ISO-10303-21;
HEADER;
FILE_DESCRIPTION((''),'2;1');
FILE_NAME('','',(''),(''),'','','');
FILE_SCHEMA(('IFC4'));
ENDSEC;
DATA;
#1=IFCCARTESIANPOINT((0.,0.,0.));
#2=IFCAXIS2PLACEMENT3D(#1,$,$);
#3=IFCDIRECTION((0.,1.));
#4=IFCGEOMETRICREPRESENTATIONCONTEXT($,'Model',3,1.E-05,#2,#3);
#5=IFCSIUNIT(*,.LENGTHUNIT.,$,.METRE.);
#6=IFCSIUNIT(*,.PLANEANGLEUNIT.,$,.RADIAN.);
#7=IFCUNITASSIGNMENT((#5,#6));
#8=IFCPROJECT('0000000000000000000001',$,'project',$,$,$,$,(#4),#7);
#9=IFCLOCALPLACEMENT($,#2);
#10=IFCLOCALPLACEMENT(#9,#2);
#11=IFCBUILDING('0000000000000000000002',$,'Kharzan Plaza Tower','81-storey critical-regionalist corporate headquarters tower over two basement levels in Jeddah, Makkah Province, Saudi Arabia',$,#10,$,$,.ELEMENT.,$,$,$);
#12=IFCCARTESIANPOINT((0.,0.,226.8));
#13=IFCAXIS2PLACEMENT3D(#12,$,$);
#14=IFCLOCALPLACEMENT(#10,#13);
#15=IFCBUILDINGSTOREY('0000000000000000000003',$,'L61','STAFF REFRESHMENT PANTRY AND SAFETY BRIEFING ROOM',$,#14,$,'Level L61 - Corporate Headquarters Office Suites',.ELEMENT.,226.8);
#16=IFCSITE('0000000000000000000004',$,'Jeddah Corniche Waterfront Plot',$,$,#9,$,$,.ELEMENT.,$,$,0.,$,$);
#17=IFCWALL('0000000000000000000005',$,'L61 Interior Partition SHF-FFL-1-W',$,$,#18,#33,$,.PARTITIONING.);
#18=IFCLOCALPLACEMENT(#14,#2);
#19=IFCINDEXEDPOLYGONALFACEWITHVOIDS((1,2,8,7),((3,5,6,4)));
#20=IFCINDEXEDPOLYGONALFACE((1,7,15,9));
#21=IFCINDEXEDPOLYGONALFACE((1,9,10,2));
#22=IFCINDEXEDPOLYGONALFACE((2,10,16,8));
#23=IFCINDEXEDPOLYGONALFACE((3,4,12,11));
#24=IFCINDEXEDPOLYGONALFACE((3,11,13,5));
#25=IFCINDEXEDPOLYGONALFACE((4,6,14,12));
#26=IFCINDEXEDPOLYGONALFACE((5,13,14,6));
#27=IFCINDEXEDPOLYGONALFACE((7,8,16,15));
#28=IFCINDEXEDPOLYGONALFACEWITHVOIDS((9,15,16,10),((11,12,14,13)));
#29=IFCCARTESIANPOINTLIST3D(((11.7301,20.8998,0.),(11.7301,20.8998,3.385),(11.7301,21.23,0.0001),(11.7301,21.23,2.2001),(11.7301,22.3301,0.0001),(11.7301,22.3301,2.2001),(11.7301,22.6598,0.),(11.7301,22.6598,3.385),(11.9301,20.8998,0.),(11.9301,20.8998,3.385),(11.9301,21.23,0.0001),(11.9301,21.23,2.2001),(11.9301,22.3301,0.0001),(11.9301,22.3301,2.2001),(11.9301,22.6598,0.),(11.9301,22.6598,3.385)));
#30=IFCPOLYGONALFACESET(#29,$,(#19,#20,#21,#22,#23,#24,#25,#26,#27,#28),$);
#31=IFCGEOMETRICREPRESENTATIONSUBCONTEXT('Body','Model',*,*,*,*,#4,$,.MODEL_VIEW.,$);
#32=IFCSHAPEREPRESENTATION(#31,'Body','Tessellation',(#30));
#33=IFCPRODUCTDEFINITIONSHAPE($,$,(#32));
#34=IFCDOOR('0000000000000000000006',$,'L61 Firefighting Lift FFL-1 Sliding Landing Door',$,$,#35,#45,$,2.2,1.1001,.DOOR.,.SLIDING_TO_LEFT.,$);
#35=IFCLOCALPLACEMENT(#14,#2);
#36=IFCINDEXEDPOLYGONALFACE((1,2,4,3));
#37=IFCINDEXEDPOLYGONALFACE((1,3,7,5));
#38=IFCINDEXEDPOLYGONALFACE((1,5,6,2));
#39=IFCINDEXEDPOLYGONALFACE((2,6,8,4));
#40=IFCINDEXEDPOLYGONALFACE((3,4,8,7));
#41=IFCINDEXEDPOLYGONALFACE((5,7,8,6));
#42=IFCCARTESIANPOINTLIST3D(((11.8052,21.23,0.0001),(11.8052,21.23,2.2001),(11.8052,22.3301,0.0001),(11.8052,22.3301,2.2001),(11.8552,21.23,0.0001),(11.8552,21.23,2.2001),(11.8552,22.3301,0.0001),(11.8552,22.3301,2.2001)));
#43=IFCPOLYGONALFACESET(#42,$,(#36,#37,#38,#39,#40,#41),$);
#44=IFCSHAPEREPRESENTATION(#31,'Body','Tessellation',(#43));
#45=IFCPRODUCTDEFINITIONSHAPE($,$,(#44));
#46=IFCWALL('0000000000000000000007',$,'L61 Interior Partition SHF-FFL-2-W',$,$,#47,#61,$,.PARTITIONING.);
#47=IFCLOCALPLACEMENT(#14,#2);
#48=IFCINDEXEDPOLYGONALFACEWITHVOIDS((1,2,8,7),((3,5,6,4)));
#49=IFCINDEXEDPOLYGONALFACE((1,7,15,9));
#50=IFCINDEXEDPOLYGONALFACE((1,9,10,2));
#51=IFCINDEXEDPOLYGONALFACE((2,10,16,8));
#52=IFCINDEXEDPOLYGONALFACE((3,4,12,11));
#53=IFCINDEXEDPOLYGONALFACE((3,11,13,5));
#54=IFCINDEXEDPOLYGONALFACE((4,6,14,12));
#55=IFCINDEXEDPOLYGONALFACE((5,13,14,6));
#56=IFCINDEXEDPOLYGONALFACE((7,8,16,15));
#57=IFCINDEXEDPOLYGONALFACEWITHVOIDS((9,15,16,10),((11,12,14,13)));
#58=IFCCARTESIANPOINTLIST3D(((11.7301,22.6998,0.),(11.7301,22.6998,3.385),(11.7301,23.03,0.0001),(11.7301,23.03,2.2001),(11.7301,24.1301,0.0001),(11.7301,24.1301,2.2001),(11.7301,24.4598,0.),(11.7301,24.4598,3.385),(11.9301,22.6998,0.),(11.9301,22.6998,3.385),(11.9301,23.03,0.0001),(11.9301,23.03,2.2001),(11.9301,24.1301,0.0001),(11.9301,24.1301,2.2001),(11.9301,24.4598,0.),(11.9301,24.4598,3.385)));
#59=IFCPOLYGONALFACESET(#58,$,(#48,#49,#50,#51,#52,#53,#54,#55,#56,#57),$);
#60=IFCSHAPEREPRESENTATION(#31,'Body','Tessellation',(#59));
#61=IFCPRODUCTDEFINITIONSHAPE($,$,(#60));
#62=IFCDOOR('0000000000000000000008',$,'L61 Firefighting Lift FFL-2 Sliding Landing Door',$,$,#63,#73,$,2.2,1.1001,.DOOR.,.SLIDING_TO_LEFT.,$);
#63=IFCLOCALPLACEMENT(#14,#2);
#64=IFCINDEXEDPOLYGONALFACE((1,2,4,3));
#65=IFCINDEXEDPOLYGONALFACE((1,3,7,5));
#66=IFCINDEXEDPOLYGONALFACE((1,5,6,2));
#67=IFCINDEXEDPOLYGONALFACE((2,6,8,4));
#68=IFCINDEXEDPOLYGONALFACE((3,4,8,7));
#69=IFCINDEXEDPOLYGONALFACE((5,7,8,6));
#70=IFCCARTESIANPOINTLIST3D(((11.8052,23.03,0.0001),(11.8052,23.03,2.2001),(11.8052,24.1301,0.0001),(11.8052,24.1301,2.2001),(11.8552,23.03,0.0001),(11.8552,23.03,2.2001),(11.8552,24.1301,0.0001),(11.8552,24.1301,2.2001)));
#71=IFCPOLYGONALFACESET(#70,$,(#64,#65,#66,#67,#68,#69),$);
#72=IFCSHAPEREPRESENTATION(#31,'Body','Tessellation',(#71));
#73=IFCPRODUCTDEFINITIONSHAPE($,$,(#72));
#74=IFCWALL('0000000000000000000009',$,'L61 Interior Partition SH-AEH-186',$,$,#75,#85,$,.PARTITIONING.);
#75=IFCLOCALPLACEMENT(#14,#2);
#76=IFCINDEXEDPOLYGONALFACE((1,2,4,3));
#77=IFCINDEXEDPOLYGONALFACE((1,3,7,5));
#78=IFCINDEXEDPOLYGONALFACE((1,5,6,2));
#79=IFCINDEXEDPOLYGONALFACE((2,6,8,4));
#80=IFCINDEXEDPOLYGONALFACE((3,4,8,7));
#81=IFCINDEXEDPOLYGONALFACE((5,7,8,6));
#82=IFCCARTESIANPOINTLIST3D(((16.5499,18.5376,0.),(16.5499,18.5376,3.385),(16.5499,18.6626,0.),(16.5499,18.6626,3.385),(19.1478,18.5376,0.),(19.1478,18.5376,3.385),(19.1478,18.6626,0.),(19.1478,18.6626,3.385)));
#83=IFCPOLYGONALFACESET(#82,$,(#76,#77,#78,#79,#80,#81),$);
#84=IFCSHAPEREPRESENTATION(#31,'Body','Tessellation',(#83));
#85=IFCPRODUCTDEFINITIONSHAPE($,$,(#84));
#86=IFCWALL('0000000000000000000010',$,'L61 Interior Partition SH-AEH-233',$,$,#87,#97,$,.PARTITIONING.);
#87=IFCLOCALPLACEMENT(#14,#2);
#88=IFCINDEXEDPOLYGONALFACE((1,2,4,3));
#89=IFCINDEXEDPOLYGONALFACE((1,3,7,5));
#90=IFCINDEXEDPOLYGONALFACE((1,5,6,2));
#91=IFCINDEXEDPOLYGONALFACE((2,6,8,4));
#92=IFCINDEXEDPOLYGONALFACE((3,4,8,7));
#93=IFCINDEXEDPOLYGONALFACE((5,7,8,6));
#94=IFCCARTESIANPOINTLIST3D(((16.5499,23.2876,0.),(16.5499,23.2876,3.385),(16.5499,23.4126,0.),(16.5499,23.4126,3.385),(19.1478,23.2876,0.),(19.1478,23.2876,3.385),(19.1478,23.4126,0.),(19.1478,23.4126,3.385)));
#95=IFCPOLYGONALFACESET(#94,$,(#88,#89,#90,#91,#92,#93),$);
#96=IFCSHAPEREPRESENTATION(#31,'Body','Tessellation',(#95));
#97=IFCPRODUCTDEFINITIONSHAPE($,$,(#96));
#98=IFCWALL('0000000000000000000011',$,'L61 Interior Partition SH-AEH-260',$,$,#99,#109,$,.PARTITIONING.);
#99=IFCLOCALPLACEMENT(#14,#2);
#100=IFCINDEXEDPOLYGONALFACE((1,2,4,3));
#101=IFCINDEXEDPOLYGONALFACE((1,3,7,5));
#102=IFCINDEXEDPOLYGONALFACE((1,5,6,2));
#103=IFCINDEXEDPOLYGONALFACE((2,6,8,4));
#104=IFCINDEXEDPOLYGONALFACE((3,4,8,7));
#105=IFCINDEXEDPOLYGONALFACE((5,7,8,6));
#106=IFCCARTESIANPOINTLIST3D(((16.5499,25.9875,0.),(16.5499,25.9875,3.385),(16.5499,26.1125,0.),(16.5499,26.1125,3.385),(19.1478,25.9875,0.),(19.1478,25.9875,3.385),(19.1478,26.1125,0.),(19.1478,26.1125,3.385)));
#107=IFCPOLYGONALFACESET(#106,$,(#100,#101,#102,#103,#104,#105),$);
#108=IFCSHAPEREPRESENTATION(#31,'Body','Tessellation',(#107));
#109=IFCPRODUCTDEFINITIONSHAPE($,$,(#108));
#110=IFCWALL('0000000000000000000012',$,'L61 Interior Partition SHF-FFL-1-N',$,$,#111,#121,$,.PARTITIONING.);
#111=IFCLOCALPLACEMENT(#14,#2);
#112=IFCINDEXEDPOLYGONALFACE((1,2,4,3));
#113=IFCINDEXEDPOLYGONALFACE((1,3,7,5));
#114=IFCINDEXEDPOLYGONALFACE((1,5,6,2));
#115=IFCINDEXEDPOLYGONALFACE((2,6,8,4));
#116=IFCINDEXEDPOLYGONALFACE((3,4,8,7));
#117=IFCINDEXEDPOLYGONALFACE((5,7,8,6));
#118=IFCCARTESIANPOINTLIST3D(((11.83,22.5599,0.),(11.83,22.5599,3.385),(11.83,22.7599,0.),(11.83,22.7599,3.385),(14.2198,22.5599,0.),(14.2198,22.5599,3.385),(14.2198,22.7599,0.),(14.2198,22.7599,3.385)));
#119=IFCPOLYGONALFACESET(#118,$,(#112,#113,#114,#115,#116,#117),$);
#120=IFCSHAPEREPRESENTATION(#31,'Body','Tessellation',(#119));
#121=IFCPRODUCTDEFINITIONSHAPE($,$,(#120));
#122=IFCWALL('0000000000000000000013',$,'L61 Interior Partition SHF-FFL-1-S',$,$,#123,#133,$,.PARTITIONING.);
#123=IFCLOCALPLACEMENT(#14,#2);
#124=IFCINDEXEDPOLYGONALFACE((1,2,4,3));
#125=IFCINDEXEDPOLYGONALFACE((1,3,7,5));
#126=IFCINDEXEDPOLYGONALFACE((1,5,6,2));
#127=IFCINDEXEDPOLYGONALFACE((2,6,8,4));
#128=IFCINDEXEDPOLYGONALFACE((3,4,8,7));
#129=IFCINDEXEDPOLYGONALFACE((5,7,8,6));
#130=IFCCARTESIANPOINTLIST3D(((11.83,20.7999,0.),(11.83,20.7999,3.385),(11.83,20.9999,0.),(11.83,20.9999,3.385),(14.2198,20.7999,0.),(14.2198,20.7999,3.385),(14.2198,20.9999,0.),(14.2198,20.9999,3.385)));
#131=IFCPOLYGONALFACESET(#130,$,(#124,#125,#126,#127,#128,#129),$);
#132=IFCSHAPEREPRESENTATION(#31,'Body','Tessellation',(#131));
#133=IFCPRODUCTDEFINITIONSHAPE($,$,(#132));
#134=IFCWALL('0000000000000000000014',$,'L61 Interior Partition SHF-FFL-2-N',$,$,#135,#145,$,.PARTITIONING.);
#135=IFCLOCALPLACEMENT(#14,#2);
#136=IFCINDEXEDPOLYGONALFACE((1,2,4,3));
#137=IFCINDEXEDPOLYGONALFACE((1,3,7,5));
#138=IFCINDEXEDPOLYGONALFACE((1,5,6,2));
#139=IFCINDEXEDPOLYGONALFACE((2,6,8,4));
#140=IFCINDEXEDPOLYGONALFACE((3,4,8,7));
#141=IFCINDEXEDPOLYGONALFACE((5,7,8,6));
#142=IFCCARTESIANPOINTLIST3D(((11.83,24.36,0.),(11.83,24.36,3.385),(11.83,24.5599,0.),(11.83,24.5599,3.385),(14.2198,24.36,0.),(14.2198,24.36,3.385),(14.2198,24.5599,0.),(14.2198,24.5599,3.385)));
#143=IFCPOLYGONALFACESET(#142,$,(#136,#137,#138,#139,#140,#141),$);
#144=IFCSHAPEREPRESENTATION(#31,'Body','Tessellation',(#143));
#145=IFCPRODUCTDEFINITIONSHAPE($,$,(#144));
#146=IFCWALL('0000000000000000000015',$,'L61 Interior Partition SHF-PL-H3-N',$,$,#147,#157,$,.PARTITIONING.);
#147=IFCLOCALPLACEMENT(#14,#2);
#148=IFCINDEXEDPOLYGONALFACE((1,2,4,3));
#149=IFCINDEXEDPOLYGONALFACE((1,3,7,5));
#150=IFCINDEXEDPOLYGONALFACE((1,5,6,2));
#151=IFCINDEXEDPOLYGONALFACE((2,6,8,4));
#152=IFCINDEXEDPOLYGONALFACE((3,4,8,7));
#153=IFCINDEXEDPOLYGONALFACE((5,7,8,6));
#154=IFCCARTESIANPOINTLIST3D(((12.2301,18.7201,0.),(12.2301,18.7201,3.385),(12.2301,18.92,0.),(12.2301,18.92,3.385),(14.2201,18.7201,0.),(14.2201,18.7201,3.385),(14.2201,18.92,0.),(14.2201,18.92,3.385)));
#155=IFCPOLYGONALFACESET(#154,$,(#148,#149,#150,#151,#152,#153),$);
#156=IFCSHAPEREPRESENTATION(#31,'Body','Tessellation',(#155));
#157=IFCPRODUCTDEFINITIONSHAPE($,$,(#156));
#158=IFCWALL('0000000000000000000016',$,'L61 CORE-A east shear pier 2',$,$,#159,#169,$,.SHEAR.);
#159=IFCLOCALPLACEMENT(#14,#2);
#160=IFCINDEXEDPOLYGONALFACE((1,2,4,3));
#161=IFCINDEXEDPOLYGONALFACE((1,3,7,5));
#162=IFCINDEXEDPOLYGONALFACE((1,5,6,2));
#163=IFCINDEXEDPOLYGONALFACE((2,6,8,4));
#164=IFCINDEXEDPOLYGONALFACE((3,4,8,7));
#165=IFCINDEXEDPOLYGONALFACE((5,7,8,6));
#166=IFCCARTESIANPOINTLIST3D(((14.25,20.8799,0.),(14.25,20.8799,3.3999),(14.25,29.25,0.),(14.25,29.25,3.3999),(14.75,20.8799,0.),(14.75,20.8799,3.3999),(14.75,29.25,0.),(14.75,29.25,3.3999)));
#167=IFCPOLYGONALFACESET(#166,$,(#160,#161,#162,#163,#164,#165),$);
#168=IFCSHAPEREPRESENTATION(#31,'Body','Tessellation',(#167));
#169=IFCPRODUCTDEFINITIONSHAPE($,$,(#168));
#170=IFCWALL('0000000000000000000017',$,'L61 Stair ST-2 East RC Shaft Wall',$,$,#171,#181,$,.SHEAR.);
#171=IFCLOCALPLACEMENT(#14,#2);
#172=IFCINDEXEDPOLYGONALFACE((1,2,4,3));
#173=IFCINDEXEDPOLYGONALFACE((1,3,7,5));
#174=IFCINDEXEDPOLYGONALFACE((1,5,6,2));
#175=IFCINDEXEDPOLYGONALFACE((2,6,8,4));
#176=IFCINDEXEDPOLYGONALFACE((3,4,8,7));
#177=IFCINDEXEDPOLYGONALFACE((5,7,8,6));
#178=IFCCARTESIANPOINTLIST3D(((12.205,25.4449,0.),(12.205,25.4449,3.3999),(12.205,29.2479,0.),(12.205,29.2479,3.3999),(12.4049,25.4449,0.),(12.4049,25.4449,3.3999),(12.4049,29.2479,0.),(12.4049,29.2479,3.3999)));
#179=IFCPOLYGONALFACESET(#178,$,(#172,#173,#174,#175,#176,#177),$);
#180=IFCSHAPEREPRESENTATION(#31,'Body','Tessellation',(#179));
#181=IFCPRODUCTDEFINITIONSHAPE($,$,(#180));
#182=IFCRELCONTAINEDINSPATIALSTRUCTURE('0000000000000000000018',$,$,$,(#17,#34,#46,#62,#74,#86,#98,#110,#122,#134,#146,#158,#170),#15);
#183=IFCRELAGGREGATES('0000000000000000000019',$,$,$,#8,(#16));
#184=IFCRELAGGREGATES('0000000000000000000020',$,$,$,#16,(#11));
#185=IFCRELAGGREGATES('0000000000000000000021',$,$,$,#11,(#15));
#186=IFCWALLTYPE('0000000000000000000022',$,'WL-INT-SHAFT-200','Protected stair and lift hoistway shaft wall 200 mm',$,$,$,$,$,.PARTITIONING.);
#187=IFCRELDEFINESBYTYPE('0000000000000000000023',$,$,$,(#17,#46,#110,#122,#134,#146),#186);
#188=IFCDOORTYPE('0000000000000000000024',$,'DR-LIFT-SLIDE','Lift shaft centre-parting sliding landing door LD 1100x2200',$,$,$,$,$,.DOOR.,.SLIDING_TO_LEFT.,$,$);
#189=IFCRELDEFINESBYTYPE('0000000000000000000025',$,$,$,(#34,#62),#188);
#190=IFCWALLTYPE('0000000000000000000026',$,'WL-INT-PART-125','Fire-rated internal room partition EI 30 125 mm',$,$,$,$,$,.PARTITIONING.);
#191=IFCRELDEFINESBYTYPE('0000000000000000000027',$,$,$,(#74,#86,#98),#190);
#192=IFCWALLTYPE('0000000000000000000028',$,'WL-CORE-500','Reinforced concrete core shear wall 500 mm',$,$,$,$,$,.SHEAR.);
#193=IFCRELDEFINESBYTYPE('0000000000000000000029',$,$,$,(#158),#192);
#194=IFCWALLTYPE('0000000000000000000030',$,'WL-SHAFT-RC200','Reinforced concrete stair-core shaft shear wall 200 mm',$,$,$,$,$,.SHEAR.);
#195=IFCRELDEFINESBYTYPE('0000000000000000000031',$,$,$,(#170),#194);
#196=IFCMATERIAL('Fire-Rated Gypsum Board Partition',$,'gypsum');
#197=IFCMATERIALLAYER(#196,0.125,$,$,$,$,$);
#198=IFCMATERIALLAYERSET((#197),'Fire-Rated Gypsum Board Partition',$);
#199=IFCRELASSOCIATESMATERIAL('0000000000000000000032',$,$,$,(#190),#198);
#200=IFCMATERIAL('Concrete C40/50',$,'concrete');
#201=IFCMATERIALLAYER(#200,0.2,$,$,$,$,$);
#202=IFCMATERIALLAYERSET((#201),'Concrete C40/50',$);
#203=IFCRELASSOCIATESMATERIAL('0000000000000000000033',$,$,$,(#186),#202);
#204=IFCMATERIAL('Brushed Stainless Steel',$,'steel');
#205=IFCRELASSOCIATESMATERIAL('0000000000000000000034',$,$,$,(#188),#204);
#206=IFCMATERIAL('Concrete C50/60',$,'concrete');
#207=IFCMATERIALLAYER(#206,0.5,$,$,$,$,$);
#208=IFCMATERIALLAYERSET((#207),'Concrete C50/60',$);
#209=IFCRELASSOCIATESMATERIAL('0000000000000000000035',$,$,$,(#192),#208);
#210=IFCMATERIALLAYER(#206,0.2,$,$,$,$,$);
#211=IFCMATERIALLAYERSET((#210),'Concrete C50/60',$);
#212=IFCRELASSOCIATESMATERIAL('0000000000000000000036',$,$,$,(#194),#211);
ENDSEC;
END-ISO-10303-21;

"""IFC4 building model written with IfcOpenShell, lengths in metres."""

from ifc_helpers import new_model, si_unit, direction, frame, frame_2d, origin, place, context, subcontext, project, spatial, rectangle, extrude, source, transform, mapped, material, layer, layer_set, type_object, element, fill, save


model = new_model("IFC4")

# Units and contexts
model_context = context("Model", 3, precision=1e-05, world=origin(), true_north=direction((0.0, 1.0)))
body_context = subcontext(model_context, "Body", "Model", "MODEL_VIEW")
ifc_project = project(units=[si_unit("LENGTHUNIT", "METRE"), si_unit("PLANEANGLEUNIT", "RADIAN")], contexts=[model_context])

# Site, building, storey
site_placement = place(None, origin())
site = spatial("IfcSite", under=ifc_project, at=site_placement, Name="Jeddah Corniche Waterfront Plot", CompositionType="ELEMENT", RefElevation=0.0)
building_placement = place(site_placement, origin())
building = spatial("IfcBuilding", under=site, at=building_placement, Name="Kharzan Plaza Tower", Description="81-storey critical-regionalist corporate headquarters tower over two basement levels in Jeddah, Makkah Province, Saudi Arabia", CompositionType="ELEMENT")
storey_placement = place(building_placement, frame((0.0, 0.0, 226.8)))
storey = spatial("IfcBuildingStorey", under=building, at=storey_placement, Name="L61", Description="STAFF REFRESHMENT PANTRY AND SAFETY BRIEFING ROOM", LongName="Level L61 - Corporate Headquarters Office Suites", CompositionType="ELEMENT", Elevation=226.8)

# Walls, openings, doors
ifc_material_1 = material(Name="Concrete C40/50", Category="concrete")
ifc_material_2 = material(Name="Fire-Rated Gypsum Board Partition", Category="gypsum")
ifc_layer_1 = layer(ifc_material_2, 0.125)
ifc_layer_set_1 = layer_set([ifc_layer_1], Name="Fire-Rated Gypsum Board Partition")
wall_type_1 = type_object("IfcWallType", Name="WL-INT-PART-125", Description="Fire-rated internal room partition EI 30 125 mm", PredefinedType="PARTITIONING", material=ifc_layer_set_1)
ifc_layer_2 = layer(ifc_material_1, 0.2)
ifc_layer_set_2 = layer_set([ifc_layer_2], Name="Concrete C40/50")
wall_type_2 = type_object("IfcWallType", Name="WL-INT-SHAFT-200", Description="Protected stair and lift hoistway shaft wall 200 mm", PredefinedType="PARTITIONING", material=ifc_layer_set_2)
wall_1_placement = place(storey_placement, frame((11.8301, 20.8999, 0.0), z_axis=(0.0, 0.0, 1.0), x_axis=(0.0, 1.0, 0.0)))
wall_1 = element("IfcWall", 1, at=wall_1_placement, inside=storey, type_object=wall_type_2, Name="L61 Interior Partition SHF-FFL-1-W", PredefinedType="PARTITIONING", context=body_context, shape_type="SweptSolid", body=[
    extrude(rectangle(XDim=1.76, YDim=0.2, at=frame_2d((0.8799, 0.0))), origin(), (0.0, 0.0, 1.0), 3.385),
])
opening_1_placement = place(wall_1_placement, frame((0.3301, 0.0, 0.0)))
opening_1 = element("IfcOpeningElement", 2, at=opening_1_placement, cuts=wall_1, PredefinedType="OPENING", context=body_context, shape_type="SweptSolid", body=[
    extrude(rectangle(XDim=1.1001, YDim=2.2, at=frame_2d((0.55, 1.1001))), frame((0.0, 0.1099, 0.0), z_axis=(0.0, -1.0, 0.0), x_axis=(1.0, 0.0, 0.0)), (0.0, 0.0, 1.0), 0.22),
])
ifc_material_3 = material(Name="Brushed Stainless Steel", Category="steel")
door_type_1 = type_object("IfcDoorType", Name="DR-LIFT-SLIDE", Description="Lift shaft centre-parting sliding landing door LD 1100x2200", OperationType="SLIDING_TO_LEFT", PredefinedType="DOOR", material=ifc_material_3)
shared_shape_1 = source(origin(), body_context, "Body", "SweptSolid", [
    extrude(rectangle(XDim=1.1001, YDim=2.2, at=frame_2d((0.55, 1.1001))), frame((0.0, 0.0249, 0.0), z_axis=(0.0, -1.0, 0.0), x_axis=(1.0, 0.0, 0.0)), (0.0, 0.0, 1.0), 0.05),
])
door_1_placement = place(opening_1_placement, origin())
door_1 = element("IfcDoor", 3, at=door_1_placement, inside=storey, type_object=door_type_1, Name="L61 Firefighting Lift FFL-1 Sliding Landing Door", OperationType="SLIDING_TO_LEFT", OverallHeight=2.2, OverallWidth=1.1001, PredefinedType="DOOR", context=body_context, shape_type="MappedRepresentation", body=[
    mapped(shared_shape_1, transform((0.0, 0.0, 0.0), x_axis=(1.0, 0.0, 0.0), y_axis=(0.0, 1.0, 0.0), z_axis=(0.0, 0.0, 1.0))),
])
fill(opening_1, door_1)
wall_2_placement = place(storey_placement, frame((11.8301, 22.7, 0.0), z_axis=(0.0, 0.0, 1.0), x_axis=(0.0, 1.0, 0.0)))
wall_2 = element("IfcWall", 4, at=wall_2_placement, inside=storey, type_object=wall_type_2, Name="L61 Interior Partition SHF-FFL-2-W", PredefinedType="PARTITIONING", context=body_context, shape_type="SweptSolid", body=[
    extrude(rectangle(XDim=1.76, YDim=0.2, at=frame_2d((0.8799, 0.0))), origin(), (0.0, 0.0, 1.0), 3.385),
])
opening_2_placement = place(wall_2_placement, frame((0.3301, 0.0, 0.0)))
opening_2 = element("IfcOpeningElement", 5, at=opening_2_placement, cuts=wall_2, PredefinedType="OPENING", context=body_context, shape_type="SweptSolid", body=[
    extrude(rectangle(XDim=1.1001, YDim=2.2, at=frame_2d((0.55, 1.1001))), frame((0.0, 0.1099, 0.0), z_axis=(0.0, -1.0, 0.0), x_axis=(1.0, 0.0, 0.0)), (0.0, 0.0, 1.0), 0.22),
])
door_2_placement = place(opening_2_placement, origin())
door_2 = element("IfcDoor", 6, at=door_2_placement, inside=storey, type_object=door_type_1, Name="L61 Firefighting Lift FFL-2 Sliding Landing Door", OperationType="SLIDING_TO_LEFT", OverallHeight=2.2, OverallWidth=1.1001, PredefinedType="DOOR", context=body_context, shape_type="MappedRepresentation", body=[
    mapped(shared_shape_1, transform((0.0, 0.0, 0.0), x_axis=(1.0, 0.0, 0.0), y_axis=(0.0, 1.0, 0.0), z_axis=(0.0, 0.0, 1.0))),
])
fill(opening_2, door_2)

# Walls
shared_shape_2 = source(origin(), body_context, "Body", "SweptSolid", [
    extrude(rectangle(XDim=2.5979, YDim=0.125, at=frame_2d((1.2988, 0.0))), origin(), (0.0, 0.0, 1.0), 3.385),
])
for number, where, z_axis, x_axis, name in (
    (7, (16.55, 18.6001, 0.0), (0.0, 0.0, 1.0), (1.0, 0.0, 0.0), "L61 Interior Partition SH-AEH-186"),
    (8, (16.55, 23.3501, 0.0), (0.0, 0.0, 1.0), (1.0, 0.0, 0.0), "L61 Interior Partition SH-AEH-233"),
    (9, (16.55, 26.05, 0.0), (0.0, 0.0, 1.0), (1.0, 0.0, 0.0), "L61 Interior Partition SH-AEH-260"),
):
    element("IfcWall", number, at=place(storey_placement, frame(where, z_axis=z_axis, x_axis=x_axis)), inside=storey, type_object=wall_type_1, Name=name, PredefinedType="PARTITIONING", context=body_context, shape_type="MappedRepresentation", body=[
        mapped(shared_shape_2, transform((0.0, 0.0, 0.0), x_axis=(1.0, 0.0, 0.0), y_axis=(0.0, 1.0, 0.0), z_axis=(0.0, 0.0, 1.0))),
    ])
shared_shape_3 = source(origin(), body_context, "Body", "SweptSolid", [
    extrude(rectangle(XDim=2.3899, YDim=0.2, at=frame_2d((1.1948, 0.0))), origin(), (0.0, 0.0, 1.0), 3.385),
])
for number, where, z_axis, x_axis, name in (
    (10, (11.8301, 22.6599, 0.0), (0.0, 0.0, 1.0), (1.0, 0.0, 0.0), "L61 Interior Partition SHF-FFL-1-N"),
    (11, (11.8301, 20.8999, 0.0), (0.0, 0.0, 1.0), (1.0, 0.0, 0.0), "L61 Interior Partition SHF-FFL-1-S"),
    (12, (11.8301, 24.46, 0.0), (0.0, 0.0, 1.0), (1.0, 0.0, 0.0), "L61 Interior Partition SHF-FFL-2-N"),
):
    element("IfcWall", number, at=place(storey_placement, frame(where, z_axis=z_axis, x_axis=x_axis)), inside=storey, type_object=wall_type_2, Name=name, PredefinedType="PARTITIONING", context=body_context, shape_type="MappedRepresentation", body=[
        mapped(shared_shape_3, transform((0.0, 0.0, 0.0), x_axis=(1.0, 0.0, 0.0), y_axis=(0.0, 1.0, 0.0), z_axis=(0.0, 0.0, 1.0))),
    ])
shared_shape_4 = source(origin(), body_context, "Body", "SweptSolid", [
    extrude(rectangle(XDim=1.99, YDim=0.2, at=frame_2d((0.9951, 0.0))), origin(), (0.0, 0.0, 1.0), 3.385),
])
wall_3_placement = place(storey_placement, frame((12.23, 18.8201, 0.0), z_axis=(0.0, 0.0, 1.0), x_axis=(1.0, 0.0, 0.0)))
element("IfcWall", 13, at=wall_3_placement, inside=storey, type_object=wall_type_2, Name="L61 Interior Partition SHF-PL-H3-N", PredefinedType="PARTITIONING", context=body_context, shape_type="MappedRepresentation", body=[
    mapped(shared_shape_4, transform((0.0, 0.0, 0.0), x_axis=(1.0, 0.0, 0.0), y_axis=(0.0, 1.0, 0.0), z_axis=(0.0, 0.0, 1.0))),
])
ifc_material_4 = material(Name="Concrete C50/60", Category="concrete")
ifc_layer_3 = layer(ifc_material_4, 0.5)
ifc_layer_set_3 = layer_set([ifc_layer_3], Name="Concrete C50/60")
wall_type_3 = type_object("IfcWallType", Name="WL-CORE-500", Description="Reinforced concrete core shear wall 500 mm", PredefinedType="SHEAR", material=ifc_layer_set_3)
shared_shape_5 = source(origin(), body_context, "Body", "SweptSolid", [
    extrude(rectangle(XDim=8.3701, YDim=0.5, at=frame_2d((4.1851, 0.0))), origin(), (0.0, 0.0, 1.0), 3.3999),
])
wall_4_placement = place(storey_placement, frame((14.5, 20.8799, 0.0), z_axis=(0.0, 0.0, 1.0), x_axis=(0.0, 1.0, 0.0)))
element("IfcWall", 14, at=wall_4_placement, inside=storey, type_object=wall_type_3, Name="L61 CORE-A east shear pier 2", PredefinedType="SHEAR", context=body_context, shape_type="MappedRepresentation", body=[
    mapped(shared_shape_5, transform((0.0, 0.0, 0.0), x_axis=(1.0, 0.0, 0.0), y_axis=(0.0, 1.0, 0.0), z_axis=(0.0, 0.0, 1.0))),
])
ifc_layer_4 = layer(ifc_material_4, 0.2)
ifc_layer_set_4 = layer_set([ifc_layer_4], Name="Concrete C50/60")
wall_type_4 = type_object("IfcWallType", Name="WL-SHAFT-RC200", Description="Reinforced concrete stair-core shaft shear wall 200 mm", PredefinedType="SHEAR", material=ifc_layer_set_4)
shared_shape_6 = source(origin(), body_context, "Body", "SweptSolid", [
    extrude(rectangle(XDim=3.803, YDim=0.2, at=frame_2d((1.9014, 0.0))), origin(), (0.0, 0.0, 1.0), 3.3999),
])
wall_5_placement = place(storey_placement, frame((12.3049, 25.4451, 0.0), z_axis=(0.0, 0.0, 1.0), x_axis=(0.0, 1.0, 0.0)))
element("IfcWall", 15, at=wall_5_placement, inside=storey, type_object=wall_type_4, Name="L61 Stair ST-2 East RC Shaft Wall", PredefinedType="SHEAR", context=body_context, shape_type="MappedRepresentation", body=[
    mapped(shared_shape_6, transform((0.0, 0.0, 0.0), x_axis=(1.0, 0.0, 0.0), y_axis=(0.0, 1.0, 0.0), z_axis=(0.0, 0.0, 1.0))),
])

save(model, "model.ifc")
